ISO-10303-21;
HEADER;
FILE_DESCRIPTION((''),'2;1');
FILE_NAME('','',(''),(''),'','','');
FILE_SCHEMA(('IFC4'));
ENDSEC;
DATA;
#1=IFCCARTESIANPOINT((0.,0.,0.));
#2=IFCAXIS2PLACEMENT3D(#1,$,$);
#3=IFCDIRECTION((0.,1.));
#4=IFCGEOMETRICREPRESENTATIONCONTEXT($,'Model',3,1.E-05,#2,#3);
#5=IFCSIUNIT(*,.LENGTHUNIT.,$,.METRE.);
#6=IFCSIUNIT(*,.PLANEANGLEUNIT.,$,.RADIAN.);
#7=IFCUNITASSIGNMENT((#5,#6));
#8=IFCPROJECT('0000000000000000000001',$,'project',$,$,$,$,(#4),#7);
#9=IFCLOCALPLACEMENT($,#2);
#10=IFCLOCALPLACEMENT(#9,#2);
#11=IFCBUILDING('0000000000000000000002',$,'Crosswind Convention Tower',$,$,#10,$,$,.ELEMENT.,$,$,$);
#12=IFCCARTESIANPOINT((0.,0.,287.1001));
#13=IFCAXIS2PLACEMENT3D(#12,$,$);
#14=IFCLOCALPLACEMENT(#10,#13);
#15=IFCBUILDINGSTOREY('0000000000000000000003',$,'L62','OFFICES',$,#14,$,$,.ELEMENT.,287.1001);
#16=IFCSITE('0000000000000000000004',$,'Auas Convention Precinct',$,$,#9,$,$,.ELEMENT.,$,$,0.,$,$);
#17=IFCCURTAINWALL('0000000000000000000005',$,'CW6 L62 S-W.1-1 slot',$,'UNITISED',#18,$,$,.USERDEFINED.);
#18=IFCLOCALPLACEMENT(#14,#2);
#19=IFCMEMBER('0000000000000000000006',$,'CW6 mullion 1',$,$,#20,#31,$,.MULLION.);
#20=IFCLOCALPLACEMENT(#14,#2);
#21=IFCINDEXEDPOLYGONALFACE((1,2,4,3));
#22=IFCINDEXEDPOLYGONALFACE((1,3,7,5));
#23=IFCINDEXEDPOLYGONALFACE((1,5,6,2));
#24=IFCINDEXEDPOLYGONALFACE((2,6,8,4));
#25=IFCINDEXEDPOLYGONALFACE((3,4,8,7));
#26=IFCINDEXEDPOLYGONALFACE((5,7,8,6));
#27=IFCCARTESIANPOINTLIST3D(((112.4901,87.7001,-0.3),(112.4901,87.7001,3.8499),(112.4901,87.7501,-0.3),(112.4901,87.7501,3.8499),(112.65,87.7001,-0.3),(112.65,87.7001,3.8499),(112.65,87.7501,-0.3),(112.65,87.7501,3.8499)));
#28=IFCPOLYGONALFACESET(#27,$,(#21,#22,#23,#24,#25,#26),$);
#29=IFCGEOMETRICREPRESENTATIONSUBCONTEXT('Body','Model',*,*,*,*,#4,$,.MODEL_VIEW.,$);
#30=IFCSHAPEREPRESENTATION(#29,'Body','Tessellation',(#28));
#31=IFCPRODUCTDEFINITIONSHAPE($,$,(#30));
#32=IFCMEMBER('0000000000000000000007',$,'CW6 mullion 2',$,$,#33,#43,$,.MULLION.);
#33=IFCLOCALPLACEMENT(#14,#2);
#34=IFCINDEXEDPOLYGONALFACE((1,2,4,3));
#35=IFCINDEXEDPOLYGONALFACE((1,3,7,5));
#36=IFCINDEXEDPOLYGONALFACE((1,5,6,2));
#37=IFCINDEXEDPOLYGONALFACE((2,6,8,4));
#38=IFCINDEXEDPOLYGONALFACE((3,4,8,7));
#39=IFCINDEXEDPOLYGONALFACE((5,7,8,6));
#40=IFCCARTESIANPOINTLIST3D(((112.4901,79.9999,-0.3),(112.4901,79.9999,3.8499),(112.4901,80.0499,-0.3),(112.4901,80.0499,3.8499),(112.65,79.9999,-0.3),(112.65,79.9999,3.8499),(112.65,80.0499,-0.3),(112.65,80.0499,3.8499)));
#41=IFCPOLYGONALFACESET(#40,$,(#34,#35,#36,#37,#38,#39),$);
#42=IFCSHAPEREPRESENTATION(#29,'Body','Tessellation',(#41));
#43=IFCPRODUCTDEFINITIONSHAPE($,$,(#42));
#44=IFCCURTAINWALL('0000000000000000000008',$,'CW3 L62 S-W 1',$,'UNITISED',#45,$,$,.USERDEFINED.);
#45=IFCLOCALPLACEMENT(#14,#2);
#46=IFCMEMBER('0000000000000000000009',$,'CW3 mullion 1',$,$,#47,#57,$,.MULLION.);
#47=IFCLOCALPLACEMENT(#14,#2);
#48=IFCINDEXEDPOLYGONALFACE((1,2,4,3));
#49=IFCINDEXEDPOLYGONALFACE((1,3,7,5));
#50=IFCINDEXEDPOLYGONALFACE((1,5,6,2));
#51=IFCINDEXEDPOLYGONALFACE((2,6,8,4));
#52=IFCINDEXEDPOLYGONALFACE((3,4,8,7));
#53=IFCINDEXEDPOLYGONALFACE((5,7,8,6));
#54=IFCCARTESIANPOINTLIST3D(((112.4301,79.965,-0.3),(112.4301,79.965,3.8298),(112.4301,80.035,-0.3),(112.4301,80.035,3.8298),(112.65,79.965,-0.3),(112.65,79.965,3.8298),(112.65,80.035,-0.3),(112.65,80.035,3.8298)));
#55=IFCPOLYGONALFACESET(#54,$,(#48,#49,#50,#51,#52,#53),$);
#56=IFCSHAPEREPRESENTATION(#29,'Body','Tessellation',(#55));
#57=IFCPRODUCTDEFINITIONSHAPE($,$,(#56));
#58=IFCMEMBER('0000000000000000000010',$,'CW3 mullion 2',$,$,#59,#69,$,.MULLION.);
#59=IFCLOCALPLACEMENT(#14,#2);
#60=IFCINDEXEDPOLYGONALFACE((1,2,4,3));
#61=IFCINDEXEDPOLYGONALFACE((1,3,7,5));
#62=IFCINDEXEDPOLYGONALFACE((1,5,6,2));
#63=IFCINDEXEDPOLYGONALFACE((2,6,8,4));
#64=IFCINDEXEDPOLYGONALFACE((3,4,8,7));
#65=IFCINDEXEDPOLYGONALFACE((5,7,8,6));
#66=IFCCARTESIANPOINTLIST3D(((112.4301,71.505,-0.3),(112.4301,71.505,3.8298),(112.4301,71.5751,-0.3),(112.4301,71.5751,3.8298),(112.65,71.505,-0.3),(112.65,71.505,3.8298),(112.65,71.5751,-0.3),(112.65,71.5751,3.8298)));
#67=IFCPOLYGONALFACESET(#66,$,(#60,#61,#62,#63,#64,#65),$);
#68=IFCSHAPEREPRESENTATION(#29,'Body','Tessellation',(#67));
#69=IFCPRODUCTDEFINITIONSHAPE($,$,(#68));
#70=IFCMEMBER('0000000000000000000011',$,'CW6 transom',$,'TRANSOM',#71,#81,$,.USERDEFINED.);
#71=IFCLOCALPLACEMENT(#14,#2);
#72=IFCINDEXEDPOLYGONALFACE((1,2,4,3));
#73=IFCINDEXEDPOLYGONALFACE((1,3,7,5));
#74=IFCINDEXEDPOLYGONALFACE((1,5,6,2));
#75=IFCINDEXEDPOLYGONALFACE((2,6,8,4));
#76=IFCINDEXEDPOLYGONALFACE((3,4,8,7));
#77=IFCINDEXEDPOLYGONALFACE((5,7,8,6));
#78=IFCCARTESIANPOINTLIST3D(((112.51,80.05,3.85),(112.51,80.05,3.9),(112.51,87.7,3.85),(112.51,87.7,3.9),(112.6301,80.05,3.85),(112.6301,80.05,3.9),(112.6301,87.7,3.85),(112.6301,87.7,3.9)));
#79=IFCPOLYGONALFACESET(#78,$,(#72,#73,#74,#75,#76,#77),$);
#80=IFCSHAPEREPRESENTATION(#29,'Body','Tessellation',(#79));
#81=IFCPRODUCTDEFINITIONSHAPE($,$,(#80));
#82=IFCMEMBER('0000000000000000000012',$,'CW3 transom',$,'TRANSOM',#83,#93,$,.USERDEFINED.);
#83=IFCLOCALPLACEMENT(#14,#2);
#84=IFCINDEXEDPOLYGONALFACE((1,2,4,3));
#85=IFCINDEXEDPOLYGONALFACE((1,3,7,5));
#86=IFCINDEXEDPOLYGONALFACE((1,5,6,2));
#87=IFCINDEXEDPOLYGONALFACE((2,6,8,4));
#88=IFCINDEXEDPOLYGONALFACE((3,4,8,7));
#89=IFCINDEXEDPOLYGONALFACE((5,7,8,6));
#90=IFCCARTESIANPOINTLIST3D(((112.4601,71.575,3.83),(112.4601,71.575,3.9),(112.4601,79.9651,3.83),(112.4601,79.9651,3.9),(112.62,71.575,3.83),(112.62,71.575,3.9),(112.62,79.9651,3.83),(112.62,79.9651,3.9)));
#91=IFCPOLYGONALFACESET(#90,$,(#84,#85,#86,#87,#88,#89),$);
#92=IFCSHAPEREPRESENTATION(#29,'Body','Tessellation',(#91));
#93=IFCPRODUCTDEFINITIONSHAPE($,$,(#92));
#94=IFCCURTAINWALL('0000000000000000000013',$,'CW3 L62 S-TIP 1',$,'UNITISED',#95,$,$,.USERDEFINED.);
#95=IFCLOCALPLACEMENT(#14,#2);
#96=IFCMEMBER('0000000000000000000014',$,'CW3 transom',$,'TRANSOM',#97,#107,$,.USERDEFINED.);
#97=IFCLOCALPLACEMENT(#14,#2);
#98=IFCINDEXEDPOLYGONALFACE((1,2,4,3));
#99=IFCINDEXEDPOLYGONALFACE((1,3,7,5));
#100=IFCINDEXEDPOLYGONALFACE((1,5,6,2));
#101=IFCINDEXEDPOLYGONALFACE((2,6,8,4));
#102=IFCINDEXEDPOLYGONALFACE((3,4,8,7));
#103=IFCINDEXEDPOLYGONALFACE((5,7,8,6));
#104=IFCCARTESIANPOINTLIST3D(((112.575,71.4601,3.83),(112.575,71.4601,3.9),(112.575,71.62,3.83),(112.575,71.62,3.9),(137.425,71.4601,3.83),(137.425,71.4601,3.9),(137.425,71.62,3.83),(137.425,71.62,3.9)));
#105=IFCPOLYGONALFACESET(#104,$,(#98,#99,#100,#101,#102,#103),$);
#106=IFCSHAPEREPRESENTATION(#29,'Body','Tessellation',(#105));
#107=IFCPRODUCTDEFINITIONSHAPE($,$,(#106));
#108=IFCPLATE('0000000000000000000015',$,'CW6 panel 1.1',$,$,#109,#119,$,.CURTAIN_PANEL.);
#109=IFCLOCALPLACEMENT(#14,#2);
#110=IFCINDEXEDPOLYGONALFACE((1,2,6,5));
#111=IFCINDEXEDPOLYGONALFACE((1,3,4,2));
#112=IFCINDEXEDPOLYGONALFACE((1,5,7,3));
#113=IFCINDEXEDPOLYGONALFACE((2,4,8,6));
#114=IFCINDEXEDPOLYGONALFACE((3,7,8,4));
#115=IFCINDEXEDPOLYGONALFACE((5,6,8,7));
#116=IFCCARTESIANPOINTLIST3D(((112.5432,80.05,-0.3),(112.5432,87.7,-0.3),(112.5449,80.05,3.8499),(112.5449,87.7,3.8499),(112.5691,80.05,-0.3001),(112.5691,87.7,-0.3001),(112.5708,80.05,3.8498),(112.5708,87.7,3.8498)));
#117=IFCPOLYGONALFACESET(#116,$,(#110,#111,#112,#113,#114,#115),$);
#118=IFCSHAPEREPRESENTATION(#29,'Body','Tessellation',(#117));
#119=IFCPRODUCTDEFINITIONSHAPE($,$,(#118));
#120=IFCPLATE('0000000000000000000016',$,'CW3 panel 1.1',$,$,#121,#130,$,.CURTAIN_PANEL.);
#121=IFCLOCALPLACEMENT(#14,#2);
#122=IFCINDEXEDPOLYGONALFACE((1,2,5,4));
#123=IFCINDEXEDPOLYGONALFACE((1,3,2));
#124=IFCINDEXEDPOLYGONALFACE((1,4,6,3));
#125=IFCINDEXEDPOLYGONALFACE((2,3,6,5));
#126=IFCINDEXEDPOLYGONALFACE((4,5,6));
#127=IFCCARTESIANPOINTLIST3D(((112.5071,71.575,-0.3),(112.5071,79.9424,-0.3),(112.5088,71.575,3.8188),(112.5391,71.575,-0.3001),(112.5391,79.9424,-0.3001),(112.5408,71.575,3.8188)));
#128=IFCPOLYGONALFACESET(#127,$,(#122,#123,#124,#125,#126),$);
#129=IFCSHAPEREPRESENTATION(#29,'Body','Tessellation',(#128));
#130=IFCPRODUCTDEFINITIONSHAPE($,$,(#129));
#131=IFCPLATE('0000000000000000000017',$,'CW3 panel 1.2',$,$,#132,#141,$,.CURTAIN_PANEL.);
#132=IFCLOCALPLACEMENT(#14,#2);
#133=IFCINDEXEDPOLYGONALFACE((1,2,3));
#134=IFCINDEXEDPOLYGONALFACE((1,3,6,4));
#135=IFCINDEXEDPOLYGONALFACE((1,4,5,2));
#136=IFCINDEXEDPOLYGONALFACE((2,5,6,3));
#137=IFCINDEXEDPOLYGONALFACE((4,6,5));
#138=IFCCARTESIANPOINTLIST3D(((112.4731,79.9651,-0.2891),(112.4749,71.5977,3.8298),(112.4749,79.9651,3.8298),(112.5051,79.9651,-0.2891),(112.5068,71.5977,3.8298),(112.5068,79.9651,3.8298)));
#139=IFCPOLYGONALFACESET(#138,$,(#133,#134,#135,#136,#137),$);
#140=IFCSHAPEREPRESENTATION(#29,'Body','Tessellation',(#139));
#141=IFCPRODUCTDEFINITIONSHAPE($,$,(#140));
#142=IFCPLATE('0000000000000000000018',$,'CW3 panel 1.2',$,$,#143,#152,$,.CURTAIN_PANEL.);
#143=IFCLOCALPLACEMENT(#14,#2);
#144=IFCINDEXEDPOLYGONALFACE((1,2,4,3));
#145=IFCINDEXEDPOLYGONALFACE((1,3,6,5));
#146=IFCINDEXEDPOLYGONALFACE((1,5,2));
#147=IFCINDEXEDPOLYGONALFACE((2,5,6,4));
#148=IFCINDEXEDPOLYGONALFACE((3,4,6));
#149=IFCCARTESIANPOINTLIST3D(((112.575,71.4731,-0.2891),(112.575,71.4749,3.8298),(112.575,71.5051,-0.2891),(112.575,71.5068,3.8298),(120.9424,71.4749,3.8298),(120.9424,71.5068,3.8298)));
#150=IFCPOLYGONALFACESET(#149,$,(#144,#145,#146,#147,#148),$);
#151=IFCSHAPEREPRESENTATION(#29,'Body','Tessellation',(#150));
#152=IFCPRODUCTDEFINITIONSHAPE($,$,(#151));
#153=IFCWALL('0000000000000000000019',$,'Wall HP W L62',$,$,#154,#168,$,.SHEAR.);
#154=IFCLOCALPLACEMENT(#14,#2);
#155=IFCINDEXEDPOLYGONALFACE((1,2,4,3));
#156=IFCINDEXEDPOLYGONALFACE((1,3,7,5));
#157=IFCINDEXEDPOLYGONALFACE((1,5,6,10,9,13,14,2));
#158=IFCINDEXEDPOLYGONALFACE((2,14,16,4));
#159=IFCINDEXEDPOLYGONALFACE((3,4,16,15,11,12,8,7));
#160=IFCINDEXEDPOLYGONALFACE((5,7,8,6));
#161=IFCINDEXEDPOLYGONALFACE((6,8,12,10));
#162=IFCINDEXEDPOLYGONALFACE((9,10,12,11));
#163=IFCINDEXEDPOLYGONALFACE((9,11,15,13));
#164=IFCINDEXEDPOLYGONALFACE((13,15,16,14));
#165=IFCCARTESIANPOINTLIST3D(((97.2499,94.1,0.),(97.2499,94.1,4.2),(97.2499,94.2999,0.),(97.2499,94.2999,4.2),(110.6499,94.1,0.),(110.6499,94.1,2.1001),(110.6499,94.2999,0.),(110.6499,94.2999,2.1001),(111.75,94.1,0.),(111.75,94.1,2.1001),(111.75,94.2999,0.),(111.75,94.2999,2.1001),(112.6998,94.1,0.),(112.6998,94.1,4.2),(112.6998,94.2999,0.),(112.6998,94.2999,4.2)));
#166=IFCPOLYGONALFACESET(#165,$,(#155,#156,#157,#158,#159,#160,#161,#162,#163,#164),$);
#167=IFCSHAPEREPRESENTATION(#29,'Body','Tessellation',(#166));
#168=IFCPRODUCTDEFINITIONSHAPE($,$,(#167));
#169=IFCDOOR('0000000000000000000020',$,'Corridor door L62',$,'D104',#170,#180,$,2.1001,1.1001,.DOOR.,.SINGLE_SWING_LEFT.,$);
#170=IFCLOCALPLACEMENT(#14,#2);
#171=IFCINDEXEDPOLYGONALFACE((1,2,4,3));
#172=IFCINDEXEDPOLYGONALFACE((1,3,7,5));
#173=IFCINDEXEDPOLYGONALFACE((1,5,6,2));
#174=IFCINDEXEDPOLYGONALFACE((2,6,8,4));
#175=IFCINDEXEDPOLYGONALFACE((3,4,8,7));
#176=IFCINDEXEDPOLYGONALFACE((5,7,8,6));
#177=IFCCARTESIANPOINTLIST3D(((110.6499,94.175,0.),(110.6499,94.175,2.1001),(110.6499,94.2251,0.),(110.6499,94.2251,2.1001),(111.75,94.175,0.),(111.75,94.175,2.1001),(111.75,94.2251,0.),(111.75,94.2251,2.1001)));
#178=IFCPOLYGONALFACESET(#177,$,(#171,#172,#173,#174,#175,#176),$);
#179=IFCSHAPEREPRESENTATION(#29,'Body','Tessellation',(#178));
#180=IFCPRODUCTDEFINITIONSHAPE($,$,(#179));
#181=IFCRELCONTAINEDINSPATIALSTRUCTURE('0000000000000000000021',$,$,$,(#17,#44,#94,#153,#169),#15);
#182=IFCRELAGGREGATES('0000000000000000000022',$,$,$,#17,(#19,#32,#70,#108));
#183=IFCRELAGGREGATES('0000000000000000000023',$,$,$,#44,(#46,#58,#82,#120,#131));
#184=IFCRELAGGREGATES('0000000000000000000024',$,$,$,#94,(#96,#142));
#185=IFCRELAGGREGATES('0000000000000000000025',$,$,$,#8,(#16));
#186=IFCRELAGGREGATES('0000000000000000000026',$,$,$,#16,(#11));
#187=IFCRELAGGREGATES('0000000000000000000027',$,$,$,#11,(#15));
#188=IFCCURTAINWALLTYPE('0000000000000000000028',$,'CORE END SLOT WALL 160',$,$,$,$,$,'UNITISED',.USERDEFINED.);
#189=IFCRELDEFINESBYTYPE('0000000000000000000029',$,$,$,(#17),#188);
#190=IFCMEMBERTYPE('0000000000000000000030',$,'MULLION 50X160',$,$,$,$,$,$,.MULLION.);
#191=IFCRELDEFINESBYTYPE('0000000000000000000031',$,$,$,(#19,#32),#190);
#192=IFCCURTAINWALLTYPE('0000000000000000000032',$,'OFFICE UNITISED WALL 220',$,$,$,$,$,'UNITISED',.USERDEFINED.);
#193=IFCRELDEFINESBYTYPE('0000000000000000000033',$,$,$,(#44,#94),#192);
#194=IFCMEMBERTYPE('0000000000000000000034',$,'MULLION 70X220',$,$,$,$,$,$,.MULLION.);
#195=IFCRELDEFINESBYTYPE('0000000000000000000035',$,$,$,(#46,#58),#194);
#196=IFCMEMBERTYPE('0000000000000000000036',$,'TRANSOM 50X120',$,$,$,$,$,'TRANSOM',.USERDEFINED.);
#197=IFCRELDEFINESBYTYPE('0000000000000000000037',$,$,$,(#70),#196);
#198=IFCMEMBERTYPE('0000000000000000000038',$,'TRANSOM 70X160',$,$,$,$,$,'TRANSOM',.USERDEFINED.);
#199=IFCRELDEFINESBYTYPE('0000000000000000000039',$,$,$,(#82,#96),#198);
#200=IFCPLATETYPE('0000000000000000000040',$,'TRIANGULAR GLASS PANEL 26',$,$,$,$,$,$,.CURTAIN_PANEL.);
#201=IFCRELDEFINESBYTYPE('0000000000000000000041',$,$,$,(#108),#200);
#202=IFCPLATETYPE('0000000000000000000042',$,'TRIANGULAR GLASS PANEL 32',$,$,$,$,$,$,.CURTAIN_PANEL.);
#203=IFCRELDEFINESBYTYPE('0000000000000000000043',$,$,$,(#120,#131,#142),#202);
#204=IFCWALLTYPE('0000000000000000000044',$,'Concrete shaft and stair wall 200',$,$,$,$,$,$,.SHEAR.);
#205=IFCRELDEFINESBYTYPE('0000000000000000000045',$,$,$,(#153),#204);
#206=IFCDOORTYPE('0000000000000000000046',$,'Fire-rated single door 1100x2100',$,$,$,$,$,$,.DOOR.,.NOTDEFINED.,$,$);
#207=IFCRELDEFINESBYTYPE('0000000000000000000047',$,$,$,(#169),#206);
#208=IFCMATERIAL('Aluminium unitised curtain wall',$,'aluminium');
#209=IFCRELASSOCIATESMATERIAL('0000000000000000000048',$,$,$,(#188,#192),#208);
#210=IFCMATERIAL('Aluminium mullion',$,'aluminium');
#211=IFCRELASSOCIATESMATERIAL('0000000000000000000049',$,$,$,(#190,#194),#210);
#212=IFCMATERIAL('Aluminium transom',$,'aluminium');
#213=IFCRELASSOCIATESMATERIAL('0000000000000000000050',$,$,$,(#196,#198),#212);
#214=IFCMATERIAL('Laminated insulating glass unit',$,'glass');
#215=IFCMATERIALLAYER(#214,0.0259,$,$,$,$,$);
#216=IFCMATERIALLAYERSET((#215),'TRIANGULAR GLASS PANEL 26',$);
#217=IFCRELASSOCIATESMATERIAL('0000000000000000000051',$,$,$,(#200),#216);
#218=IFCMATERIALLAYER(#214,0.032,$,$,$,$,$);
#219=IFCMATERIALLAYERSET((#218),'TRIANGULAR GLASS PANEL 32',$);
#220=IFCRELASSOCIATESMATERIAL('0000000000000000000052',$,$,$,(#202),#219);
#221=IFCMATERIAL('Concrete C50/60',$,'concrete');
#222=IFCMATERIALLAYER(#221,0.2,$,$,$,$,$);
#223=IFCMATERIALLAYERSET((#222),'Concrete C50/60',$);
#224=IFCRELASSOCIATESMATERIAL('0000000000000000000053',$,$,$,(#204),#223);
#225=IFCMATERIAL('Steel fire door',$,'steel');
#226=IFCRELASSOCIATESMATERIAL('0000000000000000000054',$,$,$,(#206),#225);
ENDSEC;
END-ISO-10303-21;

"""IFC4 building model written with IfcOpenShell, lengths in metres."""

from ifc_helpers import new_model, si_unit, direction, frame, frame_2d, origin, origin_2d, place, context, subcontext, project, spatial, polyline, rectangle, outline, extrude, material, layer, layer_set, material_profile, profile_set, type_object, element, fill, aggregate, save


model = new_model("IFC4")

# Units and contexts
model_context = context("Model", 3, precision=1e-05, world=origin(), true_north=direction((0.0, 1.0)))
body_context = subcontext(model_context, "Body", "Model", "MODEL_VIEW")
ifc_project = project(units=[si_unit("LENGTHUNIT", "METRE"), si_unit("PLANEANGLEUNIT", "RADIAN")], contexts=[model_context])

# Site, building, storey
site_placement = place(None, origin())
site = spatial("IfcSite", under=ifc_project, at=site_placement, Name="Auas Convention Precinct", CompositionType="ELEMENT", RefElevation=0.0)
building_placement = place(site_placement, origin())
building = spatial("IfcBuilding", under=site, at=building_placement, Name="Crosswind Convention Tower", CompositionType="ELEMENT")
storey_placement = place(building_placement, frame((0.0, 0.0, 287.1001)))
storey = spatial("IfcBuildingStorey", under=building, at=storey_placement, Name="L62", Description="OFFICES", CompositionType="ELEMENT", Elevation=287.1001)

# Curtain walls, members
ifc_material_1 = material(Name="Aluminium unitised curtain wall", Category="aluminium")
curtain_wall_type_1 = type_object("IfcCurtainWallType", Name="CORE END SLOT WALL 160", ElementType="UNITISED", PredefinedType="USERDEFINED", material=ifc_material_1)
curtain_wall_1_placement = place(storey_placement, origin())
curtain_wall_1 = element("IfcCurtainWall", 1, at=curtain_wall_1_placement, inside=storey, type_object=curtain_wall_type_1, Name="CW6 L62 S-W.1-1 slot", ObjectType="UNITISED", PredefinedType="USERDEFINED")
ifc_material_2 = material(Name="Aluminium mullion", Category="aluminium")
ifc_material_profile_1 = material_profile(ifc_material_2, rectangle(XDim=0.1599, YDim=0.05, at=origin_2d()), Name="AL 160X50")
ifc_profile_set_1 = profile_set([ifc_material_profile_1], Name="Aluminium mullion")
member_type_1 = type_object("IfcMemberType", Name="MULLION 50X160", PredefinedType="MULLION", material=ifc_profile_set_1)
member_1_placement = place(storey_placement, frame((112.5701, 87.7251, -0.3), z_axis=(0.0, 0.0, 1.0), x_axis=(-1.0, 0.0, 0.0)))
member_1 = element("IfcMember", 2, at=member_1_placement, type_object=member_type_1, Name="CW6 mullion 1", PredefinedType="MULLION", context=body_context, shape_type="SweptSolid", body=[
    extrude(rectangle(XDim=0.1599, YDim=0.05, at=origin_2d()), origin(), (0.0, 0.0, 1.0), 4.1499),
])
member_2_placement = place(storey_placement, frame((112.5701, 80.0249, -0.3), z_axis=(0.0, 0.0, 1.0), x_axis=(-1.0, 0.0, 0.0)))
member_2 = element("IfcMember", 3, at=member_2_placement, type_object=member_type_1, Name="CW6 mullion 2", PredefinedType="MULLION", context=body_context, shape_type="SweptSolid", body=[
    extrude(rectangle(XDim=0.1599, YDim=0.05, at=origin_2d()), origin(), (0.0, 0.0, 1.0), 4.1499),
])
curtain_wall_type_2 = type_object("IfcCurtainWallType", Name="OFFICE UNITISED WALL 220", ElementType="UNITISED", PredefinedType="USERDEFINED", material=ifc_material_1)
curtain_wall_2_placement = place(storey_placement, origin())
curtain_wall_2 = element("IfcCurtainWall", 4, at=curtain_wall_2_placement, inside=storey, type_object=curtain_wall_type_2, Name="CW3 L62 S-W 1", ObjectType="UNITISED", PredefinedType="USERDEFINED")
ifc_material_profile_2 = material_profile(ifc_material_2, rectangle(XDim=0.22, YDim=0.0701, at=origin_2d()), Name="AL 220X70")
ifc_profile_set_2 = profile_set([ifc_material_profile_2], Name="Aluminium mullion")
member_type_2 = type_object("IfcMemberType", Name="MULLION 70X220", PredefinedType="MULLION", material=ifc_profile_set_2)
member_3_placement = place(storey_placement, frame((112.54, 80.0, -0.3), z_axis=(0.0, 0.0, 1.0), x_axis=(-1.0, 0.0, 0.0)))
member_3 = element("IfcMember", 5, at=member_3_placement, type_object=member_type_2, Name="CW3 mullion 1", PredefinedType="MULLION", context=body_context, shape_type="SweptSolid", body=[
    extrude(rectangle(XDim=0.22, YDim=0.0701, at=origin_2d()), origin(), (0.0, 0.0, 1.0), 4.1299),
])
member_4_placement = place(storey_placement, frame((112.54, 71.54, -0.3), z_axis=(0.0, 0.0, 1.0), x_axis=(-1.0, 0.0, 0.0)))
member_4 = element("IfcMember", 6, at=member_4_placement, type_object=member_type_2, Name="CW3 mullion 2", PredefinedType="MULLION", context=body_context, shape_type="SweptSolid", body=[
    extrude(rectangle(XDim=0.22, YDim=0.0701, at=origin_2d()), origin(), (0.0, 0.0, 1.0), 4.1299),
])

# Members
ifc_material_3 = material(Name="Aluminium transom", Category="aluminium")
ifc_material_profile_3 = material_profile(ifc_material_3, rectangle(XDim=0.1201, YDim=0.05, at=origin_2d()), Name="AL 120X50")
ifc_profile_set_3 = profile_set([ifc_material_profile_3], Name="Aluminium transom")
member_type_3 = type_object("IfcMemberType", Name="TRANSOM 50X120", ElementType="TRANSOM", PredefinedType="USERDEFINED", material=ifc_profile_set_3)
member_5_placement = place(storey_placement, frame((112.5701, 87.7, 3.875), z_axis=(0.0, -1.0, 0.0), x_axis=(1.0, 0.0, 0.0)))
member_5 = element("IfcMember", 7, at=member_5_placement, type_object=member_type_3, Name="CW6 transom", ObjectType="TRANSOM", PredefinedType="USERDEFINED", context=body_context, shape_type="SweptSolid", body=[
    extrude(rectangle(XDim=0.1201, YDim=0.05, at=origin_2d()), origin(), (0.0, 0.0, 1.0), 7.6499),
])
ifc_material_profile_4 = material_profile(ifc_material_3, rectangle(XDim=0.1599, YDim=0.0701, at=origin_2d()), Name="AL 160X70")
ifc_profile_set_4 = profile_set([ifc_material_profile_4], Name="Aluminium transom")
member_type_4 = type_object("IfcMemberType", Name="TRANSOM 70X160", ElementType="TRANSOM", PredefinedType="USERDEFINED", material=ifc_profile_set_4)
member_6_placement = place(storey_placement, frame((112.54, 79.9651, 3.865), z_axis=(0.0, -1.0, 0.0), x_axis=(1.0, 0.0, 0.0)))
member_6 = element("IfcMember", 8, at=member_6_placement, type_object=member_type_4, Name="CW3 transom", ObjectType="TRANSOM", PredefinedType="USERDEFINED", context=body_context, shape_type="SweptSolid", body=[
    extrude(rectangle(XDim=0.1599, YDim=0.0701, at=origin_2d()), origin(), (0.0, 0.0, 1.0), 8.3901),
])

# Curtain wall, member
curtain_wall_3_placement = place(storey_placement, origin())
curtain_wall_3 = element("IfcCurtainWall", 9, at=curtain_wall_3_placement, inside=storey, type_object=curtain_wall_type_2, Name="CW3 L62 S-TIP 1", ObjectType="UNITISED", PredefinedType="USERDEFINED")
member_7_placement = place(storey_placement, frame((112.575, 71.54, 3.865), z_axis=(1.0, 0.0, 0.0), x_axis=(0.0, 1.0, 0.0)))
member_7 = element("IfcMember", 10, at=member_7_placement, type_object=member_type_4, Name="CW3 transom", ObjectType="TRANSOM", PredefinedType="USERDEFINED", context=body_context, shape_type="SweptSolid", body=[
    extrude(rectangle(XDim=0.1599, YDim=0.0701, at=origin_2d()), origin(), (0.0, 0.0, 1.0), 24.8501),
])

# Plates
ifc_material_4 = material(Name="Laminated insulating glass unit", Category="glass")
ifc_layer_1 = layer(ifc_material_4, 0.0259)
ifc_layer_set_1 = layer_set([ifc_layer_1], Name="TRIANGULAR GLASS PANEL 26")
plate_type_1 = type_object("IfcPlateType", Name="TRIANGULAR GLASS PANEL 26", PredefinedType="CURTAIN_PANEL", material=ifc_layer_set_1)
plate_1_placement = place(storey_placement, frame((112.5432, 87.7, -0.3), z_axis=(-1.0, 0.0, 0.000412), x_axis=(0.0, -1.0, 0.0)))
plate_1 = element("IfcPlate", 11, at=plate_1_placement, type_object=plate_type_1, Name="CW6 panel 1.1", PredefinedType="CURTAIN_PANEL", context=body_context, shape_type="SweptSolid", body=[
    extrude(outline(polyline([(0.0, 0.0), (7.6499, 0.0), (7.6499, 4.1499), (0.0, 4.1499), (0.0, 0.0)])), origin(), (0.0, 0.0, -1.0), 0.0259),
])
aggregate(curtain_wall_1, [member_1, member_2, member_5, plate_1])
ifc_layer_2 = layer(ifc_material_4, 0.032)
ifc_layer_set_2 = layer_set([ifc_layer_2], Name="TRIANGULAR GLASS PANEL 32")
plate_type_2 = type_object("IfcPlateType", Name="TRIANGULAR GLASS PANEL 32", PredefinedType="CURTAIN_PANEL", material=ifc_layer_set_2)
plate_2_placement = place(storey_placement, frame((112.5071, 71.575, -0.3), z_axis=(-1.0, 0.0, 0.000415), x_axis=(0.000415, 0.0, 1.0)))
plate_2 = element("IfcPlate", 12, at=plate_2_placement, type_object=plate_type_2, Name="CW3 panel 1.1", PredefinedType="CURTAIN_PANEL", context=body_context, shape_type="SweptSolid", body=[
    extrude(outline(polyline([(0.0, 0.0), (4.1189, 0.0), (0.0, 8.3674), (0.0, 0.0)])), origin(), (0.0, 0.0, -1.0), 0.032),
])
plate_3_placement = place(storey_placement, frame((112.4749, 79.9651, 3.8298), z_axis=(-1.0, 0.0, 0.000415), x_axis=(-0.000415, 0.0, -1.0)))
plate_3 = element("IfcPlate", 13, at=plate_3_placement, type_object=plate_type_2, Name="CW3 panel 1.2", PredefinedType="CURTAIN_PANEL", context=body_context, shape_type="SweptSolid", body=[
    extrude(outline(polyline([(0.0, 0.0), (4.1189, 0.0), (0.0, 8.3674), (0.0, 0.0)])), origin(), (0.0, 0.0, -1.0), 0.032),
])
plate_4_placement = place(storey_placement, frame((112.575, 71.4749, 3.8298), z_axis=(0.0, -1.0, 0.000415), x_axis=(0.0, -0.000415, -1.0)))
plate_4 = element("IfcPlate", 14, at=plate_4_placement, type_object=plate_type_2, Name="CW3 panel 1.2", PredefinedType="CURTAIN_PANEL", context=body_context, shape_type="SweptSolid", body=[
    extrude(outline(polyline([(0.0, 0.0), (4.1189, 0.0), (0.0, 8.3674), (0.0, 0.0)])), origin(), (0.0, 0.0, -1.0), 0.032),
])

# Wall, opening, door
ifc_material_5 = material(Name="Concrete C50/60", Category="concrete")
ifc_layer_3 = layer(ifc_material_5, 0.2)
ifc_layer_set_3 = layer_set([ifc_layer_3], Name="Concrete C50/60")
wall_type_1 = type_object("IfcWallType", Name="Concrete shaft and stair wall 200", PredefinedType="SHEAR", material=ifc_layer_set_3)
wall_1_placement = place(storey_placement, frame((112.7, 94.2, 0.0), z_axis=(0.0, 0.0, 1.0), x_axis=(-1.0, 0.0, 0.0)))
wall_1 = element("IfcWall", 15, at=wall_1_placement, inside=storey, type_object=wall_type_1, Name="Wall HP W L62", PredefinedType="SHEAR", context=body_context, shape_type="SweptSolid", body=[
    extrude(rectangle(XDim=15.45, YDim=0.2, at=frame_2d((7.7251, 0.0))), origin(), (0.0, 0.0, 1.0), 4.2),
])
opening_1_placement = place(wall_1_placement, frame((0.95, 0.0, 0.0)))
opening_1 = element("IfcOpeningElement", 16, at=opening_1_placement, cuts=wall_1, PredefinedType="OPENING", context=body_context, shape_type="SweptSolid", body=[
    extrude(rectangle(XDim=1.1001, YDim=2.1001, at=frame_2d((0.55, 1.05))), frame((0.0, 0.1099, 0.0), z_axis=(0.0, -1.0, 0.0), x_axis=(1.0, 0.0, 0.0)), (0.0, 0.0, 1.0), 0.22),
])
ifc_material_6 = material(Name="Steel fire door", Category="steel")
door_type_1 = type_object("IfcDoorType", Name="Fire-rated single door 1100x2100", OperationType="NOTDEFINED", PredefinedType="DOOR", material=ifc_material_6)
door_1_placement = place(opening_1_placement, origin())
door_1 = element("IfcDoor", 17, at=door_1_placement, inside=storey, type_object=door_type_1, Name="Corridor door L62", ObjectType="D104", OperationType="SINGLE_SWING_LEFT", OverallHeight=2.1001, OverallWidth=1.1001, PredefinedType="DOOR", context=body_context, shape_type="SweptSolid", body=[
    extrude(rectangle(XDim=1.1001, YDim=2.1001, at=frame_2d((0.55, 1.05))), frame((0.0, 0.0249, 0.0), z_axis=(0.0, -1.0, 0.0), x_axis=(1.0, 0.0, 0.0)), (0.0, 0.0, 1.0), 0.05),
])
fill(opening_1, door_1)

aggregate(curtain_wall_2, [member_3, member_4, member_6, plate_2, plate_3])
aggregate(curtain_wall_3, [member_7, plate_4])

save(model, "model.ifc")
